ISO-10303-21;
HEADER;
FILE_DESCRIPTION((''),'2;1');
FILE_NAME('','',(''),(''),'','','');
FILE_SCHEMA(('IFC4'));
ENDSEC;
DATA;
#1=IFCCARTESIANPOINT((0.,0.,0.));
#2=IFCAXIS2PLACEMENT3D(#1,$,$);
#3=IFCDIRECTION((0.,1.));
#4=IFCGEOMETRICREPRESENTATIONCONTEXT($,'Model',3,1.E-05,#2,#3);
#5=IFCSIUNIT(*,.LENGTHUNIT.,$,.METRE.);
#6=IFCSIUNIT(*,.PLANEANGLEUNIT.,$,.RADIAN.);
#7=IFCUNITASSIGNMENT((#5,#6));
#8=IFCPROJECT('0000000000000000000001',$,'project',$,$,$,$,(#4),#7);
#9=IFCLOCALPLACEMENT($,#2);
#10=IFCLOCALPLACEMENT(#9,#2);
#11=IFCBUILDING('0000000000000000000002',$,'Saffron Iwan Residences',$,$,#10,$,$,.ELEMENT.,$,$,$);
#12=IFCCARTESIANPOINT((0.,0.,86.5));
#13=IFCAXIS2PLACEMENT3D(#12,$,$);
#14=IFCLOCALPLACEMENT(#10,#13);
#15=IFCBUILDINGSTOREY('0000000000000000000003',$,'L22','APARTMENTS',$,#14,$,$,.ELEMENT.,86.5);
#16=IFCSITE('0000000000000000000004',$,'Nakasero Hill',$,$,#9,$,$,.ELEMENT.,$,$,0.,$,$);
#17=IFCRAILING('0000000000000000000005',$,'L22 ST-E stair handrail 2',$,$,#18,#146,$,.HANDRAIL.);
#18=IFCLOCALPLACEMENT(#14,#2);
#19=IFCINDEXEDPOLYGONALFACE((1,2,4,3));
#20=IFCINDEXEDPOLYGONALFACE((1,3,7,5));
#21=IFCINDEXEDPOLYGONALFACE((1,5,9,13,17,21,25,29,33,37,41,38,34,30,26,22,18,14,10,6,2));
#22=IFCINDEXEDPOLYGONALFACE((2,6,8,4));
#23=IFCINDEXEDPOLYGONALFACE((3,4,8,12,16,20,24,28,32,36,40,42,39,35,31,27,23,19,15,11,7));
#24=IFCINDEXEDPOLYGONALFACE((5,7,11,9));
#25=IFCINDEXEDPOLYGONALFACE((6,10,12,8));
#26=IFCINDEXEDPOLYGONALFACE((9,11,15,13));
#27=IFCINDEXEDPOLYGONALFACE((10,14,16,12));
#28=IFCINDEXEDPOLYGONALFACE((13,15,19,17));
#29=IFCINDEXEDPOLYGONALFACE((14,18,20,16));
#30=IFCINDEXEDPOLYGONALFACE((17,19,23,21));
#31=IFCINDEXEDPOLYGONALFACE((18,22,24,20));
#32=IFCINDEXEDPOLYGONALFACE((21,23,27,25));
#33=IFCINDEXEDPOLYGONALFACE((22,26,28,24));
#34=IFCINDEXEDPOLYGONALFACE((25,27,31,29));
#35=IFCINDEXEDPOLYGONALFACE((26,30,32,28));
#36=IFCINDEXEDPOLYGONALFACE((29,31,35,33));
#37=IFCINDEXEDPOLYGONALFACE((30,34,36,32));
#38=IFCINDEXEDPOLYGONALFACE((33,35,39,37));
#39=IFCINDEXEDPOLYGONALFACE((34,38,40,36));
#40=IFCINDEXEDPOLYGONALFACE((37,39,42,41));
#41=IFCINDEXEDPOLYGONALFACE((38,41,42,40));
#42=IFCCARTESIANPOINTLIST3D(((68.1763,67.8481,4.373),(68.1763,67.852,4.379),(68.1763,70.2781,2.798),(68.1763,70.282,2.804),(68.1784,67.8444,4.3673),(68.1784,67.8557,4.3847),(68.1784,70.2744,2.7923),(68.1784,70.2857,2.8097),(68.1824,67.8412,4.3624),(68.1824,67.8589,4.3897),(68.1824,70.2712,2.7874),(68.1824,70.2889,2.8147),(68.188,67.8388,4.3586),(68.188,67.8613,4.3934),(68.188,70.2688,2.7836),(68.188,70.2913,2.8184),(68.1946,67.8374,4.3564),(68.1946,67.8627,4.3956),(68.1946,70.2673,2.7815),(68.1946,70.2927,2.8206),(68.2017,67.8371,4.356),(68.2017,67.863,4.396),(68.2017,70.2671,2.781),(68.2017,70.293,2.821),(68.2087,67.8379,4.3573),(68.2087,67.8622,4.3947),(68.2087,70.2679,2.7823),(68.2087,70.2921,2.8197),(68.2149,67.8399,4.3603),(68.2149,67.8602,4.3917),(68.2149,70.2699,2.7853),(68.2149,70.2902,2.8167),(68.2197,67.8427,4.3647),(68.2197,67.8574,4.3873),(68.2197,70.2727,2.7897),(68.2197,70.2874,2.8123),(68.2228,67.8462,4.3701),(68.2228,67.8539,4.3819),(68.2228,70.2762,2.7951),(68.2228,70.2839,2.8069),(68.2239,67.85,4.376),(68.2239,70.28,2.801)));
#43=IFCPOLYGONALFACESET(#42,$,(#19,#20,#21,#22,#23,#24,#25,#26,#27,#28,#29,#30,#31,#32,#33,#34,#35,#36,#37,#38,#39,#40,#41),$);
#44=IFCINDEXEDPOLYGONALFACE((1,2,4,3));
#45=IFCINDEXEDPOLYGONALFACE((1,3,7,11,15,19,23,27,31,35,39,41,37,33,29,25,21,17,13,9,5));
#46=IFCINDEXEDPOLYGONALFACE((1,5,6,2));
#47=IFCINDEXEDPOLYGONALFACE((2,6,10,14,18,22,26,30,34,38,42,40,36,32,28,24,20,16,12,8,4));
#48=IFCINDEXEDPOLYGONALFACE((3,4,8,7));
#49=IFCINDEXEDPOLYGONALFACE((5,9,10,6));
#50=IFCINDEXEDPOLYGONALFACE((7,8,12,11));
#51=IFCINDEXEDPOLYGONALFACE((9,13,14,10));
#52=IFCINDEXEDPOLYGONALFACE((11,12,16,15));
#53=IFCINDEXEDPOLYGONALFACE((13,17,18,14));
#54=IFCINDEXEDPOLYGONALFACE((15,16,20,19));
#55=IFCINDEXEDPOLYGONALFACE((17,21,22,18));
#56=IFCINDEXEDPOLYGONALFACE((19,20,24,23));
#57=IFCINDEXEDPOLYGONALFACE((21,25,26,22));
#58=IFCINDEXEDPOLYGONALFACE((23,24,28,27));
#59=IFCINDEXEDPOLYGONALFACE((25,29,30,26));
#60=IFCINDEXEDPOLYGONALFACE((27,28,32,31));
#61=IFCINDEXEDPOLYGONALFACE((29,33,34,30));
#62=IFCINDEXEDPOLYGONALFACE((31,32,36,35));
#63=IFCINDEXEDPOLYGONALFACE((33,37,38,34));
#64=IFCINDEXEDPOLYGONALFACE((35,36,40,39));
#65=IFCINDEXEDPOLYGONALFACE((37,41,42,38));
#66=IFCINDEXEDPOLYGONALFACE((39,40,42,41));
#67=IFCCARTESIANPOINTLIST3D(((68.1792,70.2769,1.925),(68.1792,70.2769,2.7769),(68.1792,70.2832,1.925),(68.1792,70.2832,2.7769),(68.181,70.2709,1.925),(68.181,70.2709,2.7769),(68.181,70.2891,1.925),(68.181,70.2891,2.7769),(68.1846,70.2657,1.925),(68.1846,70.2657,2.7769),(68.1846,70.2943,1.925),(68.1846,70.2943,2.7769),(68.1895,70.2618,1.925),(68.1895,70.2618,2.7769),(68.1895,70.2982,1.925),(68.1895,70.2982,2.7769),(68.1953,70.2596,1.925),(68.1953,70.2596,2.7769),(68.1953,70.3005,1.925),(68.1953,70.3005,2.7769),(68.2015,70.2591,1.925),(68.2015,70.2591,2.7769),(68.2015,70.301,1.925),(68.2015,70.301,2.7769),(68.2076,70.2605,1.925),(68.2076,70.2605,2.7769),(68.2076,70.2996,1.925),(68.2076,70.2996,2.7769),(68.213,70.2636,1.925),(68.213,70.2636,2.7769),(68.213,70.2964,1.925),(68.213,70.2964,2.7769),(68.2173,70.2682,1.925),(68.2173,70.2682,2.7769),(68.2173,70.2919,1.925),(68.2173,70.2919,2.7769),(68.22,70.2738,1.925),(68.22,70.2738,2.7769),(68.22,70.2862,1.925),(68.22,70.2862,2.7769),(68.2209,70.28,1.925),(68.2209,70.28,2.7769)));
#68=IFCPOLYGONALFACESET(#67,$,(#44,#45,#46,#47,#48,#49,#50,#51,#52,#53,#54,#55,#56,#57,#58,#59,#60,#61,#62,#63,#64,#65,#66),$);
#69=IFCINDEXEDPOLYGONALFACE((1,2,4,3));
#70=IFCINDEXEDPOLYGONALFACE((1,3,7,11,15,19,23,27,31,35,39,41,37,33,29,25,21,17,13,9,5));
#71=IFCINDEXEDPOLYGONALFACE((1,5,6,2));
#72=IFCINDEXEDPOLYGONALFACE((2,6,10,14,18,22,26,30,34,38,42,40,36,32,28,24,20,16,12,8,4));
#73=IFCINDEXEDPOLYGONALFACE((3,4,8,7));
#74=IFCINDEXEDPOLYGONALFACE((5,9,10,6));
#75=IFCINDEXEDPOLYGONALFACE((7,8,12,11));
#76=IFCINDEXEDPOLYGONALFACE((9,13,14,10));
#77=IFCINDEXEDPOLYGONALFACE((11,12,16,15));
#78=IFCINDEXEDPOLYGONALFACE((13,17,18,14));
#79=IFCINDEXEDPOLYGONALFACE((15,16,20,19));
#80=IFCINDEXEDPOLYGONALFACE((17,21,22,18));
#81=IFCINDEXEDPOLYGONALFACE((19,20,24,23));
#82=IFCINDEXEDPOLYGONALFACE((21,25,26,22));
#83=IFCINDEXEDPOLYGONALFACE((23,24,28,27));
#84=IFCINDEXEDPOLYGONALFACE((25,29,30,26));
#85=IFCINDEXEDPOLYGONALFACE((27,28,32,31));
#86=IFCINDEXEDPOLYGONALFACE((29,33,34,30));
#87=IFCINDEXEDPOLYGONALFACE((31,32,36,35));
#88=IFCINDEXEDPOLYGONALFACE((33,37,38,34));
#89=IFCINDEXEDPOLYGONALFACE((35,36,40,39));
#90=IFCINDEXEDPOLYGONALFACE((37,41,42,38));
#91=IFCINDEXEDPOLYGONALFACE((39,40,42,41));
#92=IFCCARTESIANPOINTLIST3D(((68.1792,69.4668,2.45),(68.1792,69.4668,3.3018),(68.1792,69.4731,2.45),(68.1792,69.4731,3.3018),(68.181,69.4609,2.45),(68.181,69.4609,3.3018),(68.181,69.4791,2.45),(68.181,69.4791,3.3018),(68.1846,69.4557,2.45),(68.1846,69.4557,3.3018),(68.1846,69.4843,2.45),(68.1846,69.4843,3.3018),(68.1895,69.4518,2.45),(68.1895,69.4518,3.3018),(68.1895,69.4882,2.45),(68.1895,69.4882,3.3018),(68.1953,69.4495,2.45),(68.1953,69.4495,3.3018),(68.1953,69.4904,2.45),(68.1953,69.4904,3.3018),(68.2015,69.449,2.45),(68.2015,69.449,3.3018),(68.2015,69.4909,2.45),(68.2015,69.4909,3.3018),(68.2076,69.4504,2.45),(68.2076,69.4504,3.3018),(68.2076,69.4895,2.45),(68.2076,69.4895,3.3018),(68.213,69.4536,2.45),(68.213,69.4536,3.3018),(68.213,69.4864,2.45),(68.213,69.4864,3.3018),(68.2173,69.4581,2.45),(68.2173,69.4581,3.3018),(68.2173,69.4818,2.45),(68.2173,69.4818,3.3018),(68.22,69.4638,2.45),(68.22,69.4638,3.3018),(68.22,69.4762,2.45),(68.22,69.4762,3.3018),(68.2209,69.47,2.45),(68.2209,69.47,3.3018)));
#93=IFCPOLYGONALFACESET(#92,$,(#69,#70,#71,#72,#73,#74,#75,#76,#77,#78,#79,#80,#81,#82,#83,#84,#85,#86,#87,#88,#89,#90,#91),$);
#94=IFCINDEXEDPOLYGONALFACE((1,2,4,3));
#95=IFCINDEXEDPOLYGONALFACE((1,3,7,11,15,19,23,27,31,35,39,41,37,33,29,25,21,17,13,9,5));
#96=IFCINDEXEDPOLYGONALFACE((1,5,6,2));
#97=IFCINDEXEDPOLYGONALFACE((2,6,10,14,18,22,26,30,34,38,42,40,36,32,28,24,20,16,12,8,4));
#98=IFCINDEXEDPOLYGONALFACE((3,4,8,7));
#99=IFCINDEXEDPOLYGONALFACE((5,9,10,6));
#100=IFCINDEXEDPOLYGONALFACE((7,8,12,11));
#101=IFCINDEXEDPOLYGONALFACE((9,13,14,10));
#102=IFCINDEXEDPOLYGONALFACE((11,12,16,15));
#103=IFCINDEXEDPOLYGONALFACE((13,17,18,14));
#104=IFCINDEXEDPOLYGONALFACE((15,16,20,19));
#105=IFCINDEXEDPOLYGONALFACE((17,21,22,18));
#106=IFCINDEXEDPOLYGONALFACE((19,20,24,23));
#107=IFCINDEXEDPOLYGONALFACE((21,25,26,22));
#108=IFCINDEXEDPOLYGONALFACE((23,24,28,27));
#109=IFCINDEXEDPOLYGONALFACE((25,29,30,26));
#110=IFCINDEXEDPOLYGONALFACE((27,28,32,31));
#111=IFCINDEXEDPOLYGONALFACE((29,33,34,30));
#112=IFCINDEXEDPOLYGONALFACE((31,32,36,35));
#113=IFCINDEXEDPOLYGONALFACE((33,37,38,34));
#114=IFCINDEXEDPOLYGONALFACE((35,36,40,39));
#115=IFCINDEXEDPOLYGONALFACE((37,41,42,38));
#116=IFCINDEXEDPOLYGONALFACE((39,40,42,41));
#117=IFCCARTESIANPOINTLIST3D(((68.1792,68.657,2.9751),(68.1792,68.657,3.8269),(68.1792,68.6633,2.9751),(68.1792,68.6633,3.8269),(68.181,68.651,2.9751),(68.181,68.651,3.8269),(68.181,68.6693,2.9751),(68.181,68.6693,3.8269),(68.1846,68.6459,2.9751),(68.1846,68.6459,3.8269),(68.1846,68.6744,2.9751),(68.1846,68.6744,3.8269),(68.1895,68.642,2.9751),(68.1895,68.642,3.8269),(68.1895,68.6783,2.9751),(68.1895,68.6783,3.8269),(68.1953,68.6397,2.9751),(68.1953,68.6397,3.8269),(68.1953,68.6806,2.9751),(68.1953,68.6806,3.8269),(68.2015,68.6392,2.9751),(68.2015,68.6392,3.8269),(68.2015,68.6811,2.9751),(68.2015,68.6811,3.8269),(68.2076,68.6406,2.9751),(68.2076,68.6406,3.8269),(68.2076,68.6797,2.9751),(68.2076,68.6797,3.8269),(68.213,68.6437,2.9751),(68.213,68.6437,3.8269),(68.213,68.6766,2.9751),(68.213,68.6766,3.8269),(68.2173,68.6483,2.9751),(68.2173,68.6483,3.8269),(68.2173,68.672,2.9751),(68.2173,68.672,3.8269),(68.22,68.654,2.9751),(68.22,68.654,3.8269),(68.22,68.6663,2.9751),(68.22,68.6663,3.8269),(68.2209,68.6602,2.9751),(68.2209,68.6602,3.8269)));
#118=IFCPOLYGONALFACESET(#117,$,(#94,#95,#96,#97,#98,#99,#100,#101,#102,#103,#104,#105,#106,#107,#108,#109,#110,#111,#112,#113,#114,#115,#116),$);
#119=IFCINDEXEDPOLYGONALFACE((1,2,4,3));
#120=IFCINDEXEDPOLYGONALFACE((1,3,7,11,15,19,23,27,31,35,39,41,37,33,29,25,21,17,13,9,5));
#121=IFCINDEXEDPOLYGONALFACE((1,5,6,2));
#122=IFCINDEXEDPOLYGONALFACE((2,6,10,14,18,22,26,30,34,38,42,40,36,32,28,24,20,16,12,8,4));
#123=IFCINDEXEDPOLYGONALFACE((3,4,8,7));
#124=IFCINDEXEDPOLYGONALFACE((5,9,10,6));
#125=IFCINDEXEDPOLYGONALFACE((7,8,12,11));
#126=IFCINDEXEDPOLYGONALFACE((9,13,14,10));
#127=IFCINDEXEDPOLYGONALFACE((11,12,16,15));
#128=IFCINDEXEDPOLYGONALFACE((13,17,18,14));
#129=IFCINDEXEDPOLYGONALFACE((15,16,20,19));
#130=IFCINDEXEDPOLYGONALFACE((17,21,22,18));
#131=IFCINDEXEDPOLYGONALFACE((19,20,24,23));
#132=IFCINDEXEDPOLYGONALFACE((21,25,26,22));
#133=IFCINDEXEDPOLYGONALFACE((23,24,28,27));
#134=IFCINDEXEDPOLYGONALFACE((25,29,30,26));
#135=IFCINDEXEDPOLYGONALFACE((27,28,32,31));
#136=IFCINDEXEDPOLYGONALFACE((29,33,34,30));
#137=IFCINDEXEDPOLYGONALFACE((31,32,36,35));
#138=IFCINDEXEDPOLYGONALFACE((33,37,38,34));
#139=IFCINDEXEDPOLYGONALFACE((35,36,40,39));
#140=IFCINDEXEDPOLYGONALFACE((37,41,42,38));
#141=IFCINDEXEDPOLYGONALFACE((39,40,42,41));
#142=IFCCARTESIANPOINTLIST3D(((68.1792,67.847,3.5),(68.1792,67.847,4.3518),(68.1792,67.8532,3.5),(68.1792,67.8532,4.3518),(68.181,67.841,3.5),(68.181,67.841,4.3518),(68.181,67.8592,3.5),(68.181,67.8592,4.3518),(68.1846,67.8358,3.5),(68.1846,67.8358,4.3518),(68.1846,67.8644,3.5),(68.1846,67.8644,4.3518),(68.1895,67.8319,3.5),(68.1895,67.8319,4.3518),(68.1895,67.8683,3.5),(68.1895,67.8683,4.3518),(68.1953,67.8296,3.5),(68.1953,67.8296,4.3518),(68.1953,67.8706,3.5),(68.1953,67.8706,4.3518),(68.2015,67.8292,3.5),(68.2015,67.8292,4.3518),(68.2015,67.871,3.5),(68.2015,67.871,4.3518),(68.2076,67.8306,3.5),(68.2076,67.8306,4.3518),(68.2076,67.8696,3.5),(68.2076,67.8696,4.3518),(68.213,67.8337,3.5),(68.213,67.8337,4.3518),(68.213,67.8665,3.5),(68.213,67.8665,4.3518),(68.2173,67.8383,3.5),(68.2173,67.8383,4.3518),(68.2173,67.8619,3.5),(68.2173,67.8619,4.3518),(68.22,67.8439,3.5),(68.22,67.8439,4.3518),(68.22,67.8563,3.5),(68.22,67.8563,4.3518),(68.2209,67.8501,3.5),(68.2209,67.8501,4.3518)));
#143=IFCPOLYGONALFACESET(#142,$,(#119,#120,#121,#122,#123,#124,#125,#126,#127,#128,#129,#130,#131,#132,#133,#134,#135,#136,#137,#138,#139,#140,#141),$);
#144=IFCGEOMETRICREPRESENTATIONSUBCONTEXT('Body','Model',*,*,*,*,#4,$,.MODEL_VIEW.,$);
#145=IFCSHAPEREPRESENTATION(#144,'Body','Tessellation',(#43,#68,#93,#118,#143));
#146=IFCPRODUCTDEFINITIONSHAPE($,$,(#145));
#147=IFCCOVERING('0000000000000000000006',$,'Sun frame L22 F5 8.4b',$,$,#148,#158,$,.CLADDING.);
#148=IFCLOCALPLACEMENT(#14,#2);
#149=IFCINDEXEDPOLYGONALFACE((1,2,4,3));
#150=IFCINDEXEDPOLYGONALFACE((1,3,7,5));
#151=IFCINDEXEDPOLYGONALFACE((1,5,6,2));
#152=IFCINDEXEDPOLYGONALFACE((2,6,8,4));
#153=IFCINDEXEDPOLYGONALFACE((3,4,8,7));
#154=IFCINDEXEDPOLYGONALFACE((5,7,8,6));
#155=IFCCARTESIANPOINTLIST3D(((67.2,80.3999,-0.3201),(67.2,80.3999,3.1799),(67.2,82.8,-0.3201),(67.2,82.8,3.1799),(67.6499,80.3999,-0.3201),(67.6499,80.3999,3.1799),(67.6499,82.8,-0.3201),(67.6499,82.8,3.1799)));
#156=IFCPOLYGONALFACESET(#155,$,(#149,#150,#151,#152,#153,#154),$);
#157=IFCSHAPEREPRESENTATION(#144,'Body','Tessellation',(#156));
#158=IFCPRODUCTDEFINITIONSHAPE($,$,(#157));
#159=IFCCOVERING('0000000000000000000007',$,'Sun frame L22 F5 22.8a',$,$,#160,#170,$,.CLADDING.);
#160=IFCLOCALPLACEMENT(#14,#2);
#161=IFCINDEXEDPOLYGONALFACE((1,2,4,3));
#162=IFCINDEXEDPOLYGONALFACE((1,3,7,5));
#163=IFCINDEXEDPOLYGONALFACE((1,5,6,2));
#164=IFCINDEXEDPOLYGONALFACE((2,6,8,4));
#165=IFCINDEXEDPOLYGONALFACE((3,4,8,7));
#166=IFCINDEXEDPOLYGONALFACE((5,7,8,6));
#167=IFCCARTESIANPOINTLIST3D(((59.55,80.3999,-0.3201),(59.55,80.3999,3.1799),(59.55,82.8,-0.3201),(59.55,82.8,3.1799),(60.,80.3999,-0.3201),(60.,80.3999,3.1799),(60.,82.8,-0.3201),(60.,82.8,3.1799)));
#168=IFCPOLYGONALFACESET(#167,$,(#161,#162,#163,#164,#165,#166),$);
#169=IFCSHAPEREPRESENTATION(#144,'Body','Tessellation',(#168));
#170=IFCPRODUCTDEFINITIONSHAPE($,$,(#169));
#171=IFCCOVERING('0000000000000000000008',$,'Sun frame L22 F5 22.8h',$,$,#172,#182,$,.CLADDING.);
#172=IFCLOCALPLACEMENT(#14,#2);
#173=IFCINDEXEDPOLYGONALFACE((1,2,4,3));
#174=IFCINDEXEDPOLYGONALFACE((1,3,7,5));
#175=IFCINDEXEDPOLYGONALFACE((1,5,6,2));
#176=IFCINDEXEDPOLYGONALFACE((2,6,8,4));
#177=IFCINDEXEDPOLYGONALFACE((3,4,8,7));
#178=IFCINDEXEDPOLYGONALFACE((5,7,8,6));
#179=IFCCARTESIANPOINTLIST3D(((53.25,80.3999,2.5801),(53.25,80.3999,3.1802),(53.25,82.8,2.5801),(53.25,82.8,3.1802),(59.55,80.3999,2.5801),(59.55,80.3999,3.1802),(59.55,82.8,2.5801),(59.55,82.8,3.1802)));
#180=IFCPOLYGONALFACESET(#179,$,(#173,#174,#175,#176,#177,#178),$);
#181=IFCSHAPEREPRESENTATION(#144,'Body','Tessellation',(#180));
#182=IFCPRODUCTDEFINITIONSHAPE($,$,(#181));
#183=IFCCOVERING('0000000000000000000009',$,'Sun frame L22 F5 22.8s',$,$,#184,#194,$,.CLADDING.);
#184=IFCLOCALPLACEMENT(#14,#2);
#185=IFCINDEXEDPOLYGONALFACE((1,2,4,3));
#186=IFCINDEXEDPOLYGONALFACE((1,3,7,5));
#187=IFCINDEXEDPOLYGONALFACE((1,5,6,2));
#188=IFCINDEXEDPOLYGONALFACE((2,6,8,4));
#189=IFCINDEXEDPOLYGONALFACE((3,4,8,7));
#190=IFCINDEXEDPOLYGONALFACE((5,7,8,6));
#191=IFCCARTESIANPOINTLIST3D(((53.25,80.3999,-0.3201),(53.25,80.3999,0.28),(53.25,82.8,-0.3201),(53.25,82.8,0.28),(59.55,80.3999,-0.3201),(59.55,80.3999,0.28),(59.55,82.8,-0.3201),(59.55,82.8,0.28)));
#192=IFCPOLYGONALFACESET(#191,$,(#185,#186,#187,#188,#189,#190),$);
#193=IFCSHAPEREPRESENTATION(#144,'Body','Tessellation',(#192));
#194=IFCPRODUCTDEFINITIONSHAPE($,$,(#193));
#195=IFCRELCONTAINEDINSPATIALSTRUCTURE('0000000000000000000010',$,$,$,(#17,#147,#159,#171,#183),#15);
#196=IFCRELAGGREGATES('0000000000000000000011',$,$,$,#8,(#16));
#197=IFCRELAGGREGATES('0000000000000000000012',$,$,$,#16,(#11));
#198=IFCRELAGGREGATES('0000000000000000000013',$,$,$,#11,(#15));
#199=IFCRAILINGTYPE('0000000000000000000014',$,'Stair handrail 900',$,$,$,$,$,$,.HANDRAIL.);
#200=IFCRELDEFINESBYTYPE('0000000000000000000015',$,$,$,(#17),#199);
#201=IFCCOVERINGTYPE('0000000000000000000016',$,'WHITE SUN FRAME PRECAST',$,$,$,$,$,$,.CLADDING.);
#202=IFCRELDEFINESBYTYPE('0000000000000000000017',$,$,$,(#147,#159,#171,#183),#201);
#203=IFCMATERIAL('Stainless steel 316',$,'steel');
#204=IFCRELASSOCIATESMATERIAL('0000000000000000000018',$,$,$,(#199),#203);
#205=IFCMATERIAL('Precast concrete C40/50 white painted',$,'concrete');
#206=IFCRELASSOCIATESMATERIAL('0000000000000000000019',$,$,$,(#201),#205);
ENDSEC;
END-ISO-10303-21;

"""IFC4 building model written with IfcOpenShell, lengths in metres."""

from ifc_helpers import new_model, si_unit, direction, frame, origin, origin_2d, place, context, subcontext, project, spatial, polyline, circle, outline, extrude, material, type_object, element, save


model = new_model("IFC4")

# Units and contexts
model_context = context("Model", 3, precision=1e-05, world=origin(), true_north=direction((0.0, 1.0)))
body_context = subcontext(model_context, "Body", "Model", "MODEL_VIEW")
ifc_project = project(units=[si_unit("LENGTHUNIT", "METRE"), si_unit("PLANEANGLEUNIT", "RADIAN")], contexts=[model_context])

# Site, building, storey
site_placement = place(None, origin())
site = spatial("IfcSite", under=ifc_project, at=site_placement, Name="Nakasero Hill", CompositionType="ELEMENT", RefElevation=0.0)
building_placement = place(site_placement, origin())
building = spatial("IfcBuilding", under=site, at=building_placement, Name="Saffron Iwan Residences", CompositionType="ELEMENT")
storey_placement = place(building_placement, frame((0.0, 0.0, 86.5)))
storey = spatial("IfcBuildingStorey", under=building, at=storey_placement, Name="L22", Description="APARTMENTS", CompositionType="ELEMENT", Elevation=86.5)

# Railing
ifc_material_1 = material(Name="Stainless steel 316", Category="steel")
railing_type_1 = type_object("IfcRailingType", Name="Stair handrail 900", PredefinedType="HANDRAIL", material=ifc_material_1)
railing_1_placement = place(storey_placement, frame((68.2, 70.28, 1.925)))
element("IfcRailing", 1, at=railing_1_placement, inside=storey, type_object=railing_type_1, Name="L22 ST-E stair handrail 2", PredefinedType="HANDRAIL", context=body_context, shape_type="SweptSolid", body=[
    extrude(circle(Radius=0.0239, at=origin_2d()), frame((0.0, 0.0, 0.876), z_axis=(0.0, -0.839154, 0.543894), x_axis=(1.0, 0.0, 0.0)), (0.0, 0.0, 1.0), 2.8958),
    extrude(circle(Radius=0.021, at=origin_2d()), origin(), (0.0, 0.0, 1.0), 0.8518),
    extrude(circle(Radius=0.021, at=origin_2d()), frame((0.0, -0.8101, 0.5249)), (0.0, 0.0, 1.0), 0.8518),
    extrude(circle(Radius=0.021, at=origin_2d()), frame((0.0, -1.6199, 1.05)), (0.0, 0.0, 1.0), 0.8518),
    extrude(circle(Radius=0.021, at=origin_2d()), frame((0.0, -2.4299, 1.575)), (0.0, 0.0, 1.0), 0.8518),
])

# Coverings
ifc_material_2 = material(Name="Precast concrete C40/50 white painted", Category="concrete")
covering_type_1 = type_object("IfcCoveringType", Name="WHITE SUN FRAME PRECAST", PredefinedType="CLADDING", material=ifc_material_2)
for number, where, z_axis, x_axis, name in (
    (2, (67.6499, 80.3999, -0.3201), (0.0, 1.0, 0.0), (-1.0, 0.0, 0.0), "Sun frame L22 F5 8.4b"),
    (3, (60.0, 80.3999, -0.3201), (0.0, 1.0, 0.0), (-1.0, 0.0, 0.0), "Sun frame L22 F5 22.8a"),
):
    element("IfcCovering", number, at=place(storey_placement, frame(where, z_axis=z_axis, x_axis=x_axis)), inside=storey, type_object=covering_type_1, Name=name, PredefinedType="CLADDING", context=body_context, shape_type="SweptSolid", body=[
        extrude(outline(polyline([(0.0, 0.0), (0.45, 0.0), (0.45, 3.5), (0.0, 3.5), (0.0, 0.0)])), origin(), (0.0, 0.0, 1.0), 2.4001),
    ])
for number, where, z_axis, x_axis, name in (
    (4, (59.55, 80.3999, 2.5801), (0.0, 1.0, 0.0), (-1.0, 0.0, 0.0), "Sun frame L22 F5 22.8h"),
    (5, (59.55, 80.3999, -0.3201), (0.0, 1.0, 0.0), (-1.0, 0.0, 0.0), "Sun frame L22 F5 22.8s"),
):
    element("IfcCovering", number, at=place(storey_placement, frame(where, z_axis=z_axis, x_axis=x_axis)), inside=storey, type_object=covering_type_1, Name=name, PredefinedType="CLADDING", context=body_context, shape_type="SweptSolid", body=[
        extrude(outline(polyline([(0.0, 0.0), (6.3, 0.0), (6.3, 0.6001), (0.0, 0.6001), (0.0, 0.0)])), origin(), (0.0, 0.0, 1.0), 2.4001),
    ])

save(model, "model.ifc")
